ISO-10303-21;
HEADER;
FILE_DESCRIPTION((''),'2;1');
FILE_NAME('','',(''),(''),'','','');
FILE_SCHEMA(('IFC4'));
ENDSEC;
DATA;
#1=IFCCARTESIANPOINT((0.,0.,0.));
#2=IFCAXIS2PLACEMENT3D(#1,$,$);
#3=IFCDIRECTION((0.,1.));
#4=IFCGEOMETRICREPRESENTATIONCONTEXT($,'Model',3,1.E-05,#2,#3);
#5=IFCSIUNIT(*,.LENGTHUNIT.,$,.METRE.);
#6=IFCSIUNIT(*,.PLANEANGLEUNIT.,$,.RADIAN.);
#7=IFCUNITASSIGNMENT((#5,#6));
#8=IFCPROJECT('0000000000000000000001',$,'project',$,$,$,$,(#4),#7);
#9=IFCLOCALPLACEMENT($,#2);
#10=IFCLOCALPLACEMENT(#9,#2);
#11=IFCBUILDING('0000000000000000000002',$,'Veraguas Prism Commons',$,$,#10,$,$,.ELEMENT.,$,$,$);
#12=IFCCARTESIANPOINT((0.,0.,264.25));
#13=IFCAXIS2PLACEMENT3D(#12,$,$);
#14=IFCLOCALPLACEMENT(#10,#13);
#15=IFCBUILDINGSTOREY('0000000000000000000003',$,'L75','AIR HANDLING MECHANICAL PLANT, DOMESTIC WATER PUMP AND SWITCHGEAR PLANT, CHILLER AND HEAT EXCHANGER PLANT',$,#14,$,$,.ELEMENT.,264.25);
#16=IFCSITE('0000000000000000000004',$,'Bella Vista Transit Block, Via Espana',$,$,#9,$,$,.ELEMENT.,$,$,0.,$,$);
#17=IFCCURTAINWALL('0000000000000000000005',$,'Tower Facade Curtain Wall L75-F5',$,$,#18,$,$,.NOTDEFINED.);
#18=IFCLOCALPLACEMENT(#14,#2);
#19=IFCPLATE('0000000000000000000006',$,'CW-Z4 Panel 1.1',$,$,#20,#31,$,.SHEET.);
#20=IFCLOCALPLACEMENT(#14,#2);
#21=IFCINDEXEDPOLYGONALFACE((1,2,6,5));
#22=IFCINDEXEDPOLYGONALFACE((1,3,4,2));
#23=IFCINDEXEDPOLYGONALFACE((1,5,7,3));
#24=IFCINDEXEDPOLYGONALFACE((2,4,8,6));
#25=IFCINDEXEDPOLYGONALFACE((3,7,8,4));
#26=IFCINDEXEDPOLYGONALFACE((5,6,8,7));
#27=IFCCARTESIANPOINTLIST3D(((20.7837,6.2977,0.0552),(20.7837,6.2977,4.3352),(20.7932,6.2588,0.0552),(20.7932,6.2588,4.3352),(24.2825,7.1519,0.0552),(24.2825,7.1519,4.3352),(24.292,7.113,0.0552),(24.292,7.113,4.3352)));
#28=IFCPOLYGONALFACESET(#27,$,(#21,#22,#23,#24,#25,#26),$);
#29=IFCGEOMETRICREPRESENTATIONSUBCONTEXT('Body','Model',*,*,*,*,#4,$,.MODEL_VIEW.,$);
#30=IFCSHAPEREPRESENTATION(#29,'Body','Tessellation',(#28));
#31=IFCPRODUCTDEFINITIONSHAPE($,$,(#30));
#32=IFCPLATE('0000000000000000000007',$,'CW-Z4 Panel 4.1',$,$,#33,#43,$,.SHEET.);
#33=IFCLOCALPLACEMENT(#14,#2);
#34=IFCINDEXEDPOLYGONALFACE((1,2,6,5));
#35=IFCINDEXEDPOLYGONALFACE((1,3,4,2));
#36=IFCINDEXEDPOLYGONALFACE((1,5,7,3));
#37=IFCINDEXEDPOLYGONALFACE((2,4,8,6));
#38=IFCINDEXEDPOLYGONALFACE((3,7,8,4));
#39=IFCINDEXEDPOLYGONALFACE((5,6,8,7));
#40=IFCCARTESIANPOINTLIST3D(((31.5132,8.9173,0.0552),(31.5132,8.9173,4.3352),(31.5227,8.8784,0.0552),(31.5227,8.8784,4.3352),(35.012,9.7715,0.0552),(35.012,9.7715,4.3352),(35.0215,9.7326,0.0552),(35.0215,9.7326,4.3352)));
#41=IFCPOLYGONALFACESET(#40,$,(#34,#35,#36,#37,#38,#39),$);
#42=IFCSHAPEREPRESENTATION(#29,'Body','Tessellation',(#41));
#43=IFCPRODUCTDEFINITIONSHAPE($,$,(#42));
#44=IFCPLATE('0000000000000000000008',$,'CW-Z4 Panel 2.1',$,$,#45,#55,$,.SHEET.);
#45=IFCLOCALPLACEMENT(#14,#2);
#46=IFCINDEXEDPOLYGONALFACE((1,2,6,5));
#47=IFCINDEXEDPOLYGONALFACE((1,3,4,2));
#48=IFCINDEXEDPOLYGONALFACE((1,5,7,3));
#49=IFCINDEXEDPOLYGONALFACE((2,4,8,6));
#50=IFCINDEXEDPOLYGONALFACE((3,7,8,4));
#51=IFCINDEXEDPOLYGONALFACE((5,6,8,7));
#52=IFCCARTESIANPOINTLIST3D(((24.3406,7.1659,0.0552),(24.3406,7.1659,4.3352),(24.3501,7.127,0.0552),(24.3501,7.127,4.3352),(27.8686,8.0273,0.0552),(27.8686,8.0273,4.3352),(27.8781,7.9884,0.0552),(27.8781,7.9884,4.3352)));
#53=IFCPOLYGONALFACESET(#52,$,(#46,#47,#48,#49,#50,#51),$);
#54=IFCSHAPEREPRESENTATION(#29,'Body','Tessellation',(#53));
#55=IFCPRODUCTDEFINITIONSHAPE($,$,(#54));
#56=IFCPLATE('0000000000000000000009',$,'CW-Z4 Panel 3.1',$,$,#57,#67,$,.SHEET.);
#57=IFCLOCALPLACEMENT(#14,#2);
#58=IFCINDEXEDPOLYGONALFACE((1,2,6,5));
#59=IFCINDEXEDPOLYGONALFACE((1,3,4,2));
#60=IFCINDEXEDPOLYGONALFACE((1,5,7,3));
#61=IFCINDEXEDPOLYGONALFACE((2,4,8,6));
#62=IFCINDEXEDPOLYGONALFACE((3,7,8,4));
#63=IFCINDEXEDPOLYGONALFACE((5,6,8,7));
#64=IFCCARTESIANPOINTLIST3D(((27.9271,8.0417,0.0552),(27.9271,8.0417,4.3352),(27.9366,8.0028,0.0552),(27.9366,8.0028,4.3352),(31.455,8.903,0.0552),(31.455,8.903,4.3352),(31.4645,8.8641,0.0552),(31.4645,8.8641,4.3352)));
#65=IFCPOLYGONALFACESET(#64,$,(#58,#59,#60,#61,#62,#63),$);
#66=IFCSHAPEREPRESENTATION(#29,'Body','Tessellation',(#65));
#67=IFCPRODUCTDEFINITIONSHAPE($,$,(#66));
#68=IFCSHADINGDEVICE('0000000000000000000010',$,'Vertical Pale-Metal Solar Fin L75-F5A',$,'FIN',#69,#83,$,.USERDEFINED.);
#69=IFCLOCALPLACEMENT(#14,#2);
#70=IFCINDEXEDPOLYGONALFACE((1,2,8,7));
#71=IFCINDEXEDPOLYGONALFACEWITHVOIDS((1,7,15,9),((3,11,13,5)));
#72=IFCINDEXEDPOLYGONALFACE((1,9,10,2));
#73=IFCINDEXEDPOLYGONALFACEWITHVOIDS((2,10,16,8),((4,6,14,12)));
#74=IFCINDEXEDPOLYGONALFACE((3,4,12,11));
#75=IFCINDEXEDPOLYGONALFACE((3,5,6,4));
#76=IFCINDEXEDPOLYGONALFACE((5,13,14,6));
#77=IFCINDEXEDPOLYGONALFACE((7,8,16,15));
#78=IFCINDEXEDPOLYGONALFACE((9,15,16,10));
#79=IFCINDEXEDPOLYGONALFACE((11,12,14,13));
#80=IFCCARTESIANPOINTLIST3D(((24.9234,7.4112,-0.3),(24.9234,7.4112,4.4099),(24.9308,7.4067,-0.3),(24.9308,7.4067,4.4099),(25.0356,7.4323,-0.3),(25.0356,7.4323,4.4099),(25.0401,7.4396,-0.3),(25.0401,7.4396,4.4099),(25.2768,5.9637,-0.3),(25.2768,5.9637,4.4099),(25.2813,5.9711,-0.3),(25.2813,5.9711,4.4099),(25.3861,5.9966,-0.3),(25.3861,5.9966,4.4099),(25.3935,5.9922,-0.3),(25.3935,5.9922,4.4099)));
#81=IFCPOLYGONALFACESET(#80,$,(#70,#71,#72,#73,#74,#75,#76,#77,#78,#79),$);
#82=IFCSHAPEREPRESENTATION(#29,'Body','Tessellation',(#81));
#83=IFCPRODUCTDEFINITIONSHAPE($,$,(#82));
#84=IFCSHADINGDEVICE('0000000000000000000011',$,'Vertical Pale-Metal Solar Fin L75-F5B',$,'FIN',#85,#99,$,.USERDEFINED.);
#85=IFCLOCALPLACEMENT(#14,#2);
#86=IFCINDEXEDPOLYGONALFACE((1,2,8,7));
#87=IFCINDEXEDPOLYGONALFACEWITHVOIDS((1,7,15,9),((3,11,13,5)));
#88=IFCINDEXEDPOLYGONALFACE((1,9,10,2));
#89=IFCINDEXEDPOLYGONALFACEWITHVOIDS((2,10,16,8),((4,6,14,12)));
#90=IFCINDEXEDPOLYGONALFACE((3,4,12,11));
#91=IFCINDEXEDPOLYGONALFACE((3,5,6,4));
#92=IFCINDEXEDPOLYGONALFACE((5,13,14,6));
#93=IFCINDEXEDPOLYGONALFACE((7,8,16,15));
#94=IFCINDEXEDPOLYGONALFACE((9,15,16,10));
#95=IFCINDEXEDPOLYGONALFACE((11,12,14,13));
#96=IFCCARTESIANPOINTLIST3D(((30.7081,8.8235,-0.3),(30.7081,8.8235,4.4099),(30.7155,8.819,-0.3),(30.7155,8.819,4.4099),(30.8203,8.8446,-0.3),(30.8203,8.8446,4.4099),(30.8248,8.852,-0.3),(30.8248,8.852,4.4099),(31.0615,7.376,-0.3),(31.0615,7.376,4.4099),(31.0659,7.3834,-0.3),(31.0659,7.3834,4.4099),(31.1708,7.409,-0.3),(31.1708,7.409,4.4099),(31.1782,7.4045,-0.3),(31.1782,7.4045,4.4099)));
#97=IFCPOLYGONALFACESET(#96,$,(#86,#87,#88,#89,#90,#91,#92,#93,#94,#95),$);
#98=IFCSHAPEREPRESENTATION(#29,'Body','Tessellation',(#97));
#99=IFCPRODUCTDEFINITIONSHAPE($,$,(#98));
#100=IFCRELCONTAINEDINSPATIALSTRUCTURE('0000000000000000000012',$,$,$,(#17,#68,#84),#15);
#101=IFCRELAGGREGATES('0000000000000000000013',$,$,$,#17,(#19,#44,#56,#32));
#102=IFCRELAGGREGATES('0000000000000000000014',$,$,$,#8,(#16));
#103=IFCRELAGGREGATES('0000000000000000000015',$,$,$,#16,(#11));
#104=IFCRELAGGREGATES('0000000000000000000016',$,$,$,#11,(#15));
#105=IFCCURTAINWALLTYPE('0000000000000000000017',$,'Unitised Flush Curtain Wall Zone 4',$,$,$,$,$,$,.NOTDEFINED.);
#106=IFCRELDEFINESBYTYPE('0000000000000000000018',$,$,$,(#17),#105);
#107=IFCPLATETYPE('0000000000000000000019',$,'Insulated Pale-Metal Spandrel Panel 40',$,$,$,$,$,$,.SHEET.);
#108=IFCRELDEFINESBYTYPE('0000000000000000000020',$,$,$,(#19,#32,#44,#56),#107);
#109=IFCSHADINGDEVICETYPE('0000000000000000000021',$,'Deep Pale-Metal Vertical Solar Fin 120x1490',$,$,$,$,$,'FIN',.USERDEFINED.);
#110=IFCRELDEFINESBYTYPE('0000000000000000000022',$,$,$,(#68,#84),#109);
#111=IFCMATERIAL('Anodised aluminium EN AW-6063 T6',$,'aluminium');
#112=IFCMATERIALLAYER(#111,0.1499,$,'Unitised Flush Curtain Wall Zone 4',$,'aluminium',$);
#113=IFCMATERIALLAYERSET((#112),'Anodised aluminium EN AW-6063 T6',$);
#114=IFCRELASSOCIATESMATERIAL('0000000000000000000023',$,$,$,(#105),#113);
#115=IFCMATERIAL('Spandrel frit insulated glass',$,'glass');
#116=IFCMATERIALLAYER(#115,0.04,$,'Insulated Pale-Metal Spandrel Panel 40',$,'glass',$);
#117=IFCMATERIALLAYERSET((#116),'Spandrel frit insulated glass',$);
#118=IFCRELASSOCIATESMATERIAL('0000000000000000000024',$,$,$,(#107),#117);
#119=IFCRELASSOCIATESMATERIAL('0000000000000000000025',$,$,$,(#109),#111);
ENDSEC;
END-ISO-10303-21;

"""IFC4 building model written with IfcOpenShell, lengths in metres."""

from ifc_helpers import new_model, si_unit, direction, frame, origin, origin_2d, place, context, subcontext, project, spatial, rectangle, hollow_rectangle, extrude, source, transform, mapped, material, layer, layer_set, material_profile, profile_set, type_object, element, aggregate, save


model = new_model("IFC4")

# Units and contexts
model_context = context("Model", 3, precision=1e-05, world=origin(), true_north=direction((0.0, 1.0)))
body_context = subcontext(model_context, "Body", "Model", "MODEL_VIEW")
ifc_project = project(units=[si_unit("LENGTHUNIT", "METRE"), si_unit("PLANEANGLEUNIT", "RADIAN")], contexts=[model_context])

# Site, building, storey
site_placement = place(None, origin())
site = spatial("IfcSite", under=ifc_project, at=site_placement, Name="Bella Vista Transit Block, Via Espana", CompositionType="ELEMENT", RefElevation=0.0)
building_placement = place(site_placement, origin())
building = spatial("IfcBuilding", under=site, at=building_placement, Name="Veraguas Prism Commons", CompositionType="ELEMENT")
storey_placement = place(building_placement, frame((0.0, 0.0, 264.25)))
storey = spatial("IfcBuildingStorey", under=building, at=storey_placement, Name="L75", Description="AIR HANDLING MECHANICAL PLANT, DOMESTIC WATER PUMP AND SWITCHGEAR PLANT, CHILLER AND HEAT EXCHANGER PLANT", CompositionType="ELEMENT", Elevation=264.25)

# Curtain wall, plates
ifc_material_1 = material(Name="Anodised aluminium EN AW-6063 T6", Category="aluminium")
ifc_layer_1 = layer(ifc_material_1, 0.1499, Name="Unitised Flush Curtain Wall Zone 4", Category="aluminium")
ifc_layer_set_1 = layer_set([ifc_layer_1], Name="Anodised aluminium EN AW-6063 T6")
curtain_wall_type = type_object("IfcCurtainWallType", Name="Unitised Flush Curtain Wall Zone 4", PredefinedType="NOTDEFINED", material=ifc_layer_set_1)
curtain_wall_placement = place(storey_placement, origin())
curtain_wall = element("IfcCurtainWall", 1, at=curtain_wall_placement, inside=storey, type_object=curtain_wall_type, Name="Tower Facade Curtain Wall L75-F5", PredefinedType="NOTDEFINED")
ifc_material_2 = material(Name="Spandrel frit insulated glass", Category="glass")
ifc_layer_2 = layer(ifc_material_2, 0.04, Name="Insulated Pale-Metal Spandrel Panel 40", Category="glass")
ifc_layer_set_2 = layer_set([ifc_layer_2], Name="Spandrel frit insulated glass")
plate_type = type_object("IfcPlateType", Name="Insulated Pale-Metal Spandrel Panel 40", PredefinedType="SHEET", material=ifc_layer_set_2)
shared_shape_1 = source(origin(), body_context, "Body", "SweptSolid", [
    extrude(rectangle(XDim=3.6016, YDim=0.04, at=origin_2d()), origin(), (0.0, 0.0, 1.0), 4.28),
])
plate_1_placement = place(storey_placement, frame((22.5378, 6.7053, 0.0552), z_axis=(0.0, 0.0, 1.0), x_axis=(0.971466, 0.237181, 0.0)))
plate_1 = element("IfcPlate", 2, at=plate_1_placement, type_object=plate_type, Name="CW-Z4 Panel 1.1", PredefinedType="SHEET", context=body_context, shape_type="MappedRepresentation", body=[
    mapped(shared_shape_1, transform((0.0, 0.0, 0.0), scale=1.0)),
])
plate_2_placement = place(storey_placement, frame((33.2673, 9.325, 0.0552), z_axis=(0.0, 0.0, 1.0), x_axis=(0.971466, 0.237181, 0.0)))
plate_2 = element("IfcPlate", 3, at=plate_2_placement, type_object=plate_type, Name="CW-Z4 Panel 4.1", PredefinedType="SHEET", context=body_context, shape_type="MappedRepresentation", body=[
    mapped(shared_shape_1, transform((0.0, 0.0, 0.0), scale=1.0)),
])
shared_shape_2 = source(origin(), body_context, "Body", "SweptSolid", [
    extrude(rectangle(XDim=3.6316, YDim=0.04, at=origin_2d()), origin(), (0.0, 0.0, 1.0), 4.28),
])
plate_3_placement = place(storey_placement, frame((26.1094, 7.5771, 0.0552), z_axis=(0.0, 0.0, 1.0), x_axis=(0.971466, 0.237181, 0.0)))
plate_3 = element("IfcPlate", 4, at=plate_3_placement, type_object=plate_type, Name="CW-Z4 Panel 2.1", PredefinedType="SHEET", context=body_context, shape_type="MappedRepresentation", body=[
    mapped(shared_shape_2, transform((0.0, 0.0, 0.0), scale=1.0)),
])
plate_4_placement = place(storey_placement, frame((29.6958, 8.4529, 0.0552), z_axis=(0.0, 0.0, 1.0), x_axis=(0.971466, 0.237181, 0.0)))
plate_4 = element("IfcPlate", 5, at=plate_4_placement, type_object=plate_type, Name="CW-Z4 Panel 3.1", PredefinedType="SHEET", context=body_context, shape_type="MappedRepresentation", body=[
    mapped(shared_shape_2, transform((0.0, 0.0, 0.0), scale=1.0)),
])
aggregate(curtain_wall, [plate_1, plate_3, plate_4, plate_2])

# Shading devices
ifc_material_profile_1 = material_profile(ifc_material_1, hollow_rectangle(XDim=0.1201, YDim=1.49, WallThickness=0.0061, at=origin_2d()), Name="FIN120X1490X6")
ifc_profile_set_1 = profile_set([ifc_material_profile_1], Name="Anodised aluminium EN AW-6063 T6")
shading_device_type = type_object("IfcShadingDeviceType", Name="Deep Pale-Metal Vertical Solar Fin 120x1490", ElementType="FIN", PredefinedType="USERDEFINED", material=ifc_profile_set_1)
for number, where, z_axis, x_axis, name in (
    (6, (25.1584, 6.7017, -0.3), (0.0, 0.0, 1.0), (0.971466, 0.237177, 0.0), "Vertical Pale-Metal Solar Fin L75-F5A"),
    (7, (30.9431, 8.114, -0.3), (0.0, 0.0, 1.0), (0.971466, 0.237177, 0.0), "Vertical Pale-Metal Solar Fin L75-F5B"),
):
    element("IfcShadingDevice", number, at=place(storey_placement, frame(where, z_axis=z_axis, x_axis=x_axis)), inside=storey, type_object=shading_device_type, Name=name, ObjectType="FIN", PredefinedType="USERDEFINED", context=body_context, shape_type="SweptSolid", body=[
        extrude(hollow_rectangle(XDim=0.1201, YDim=1.49, WallThickness=0.0061, at=origin_2d()), origin(), (0.0, 0.0, 1.0), 4.71),
    ])

save(model, "model.ifc")
